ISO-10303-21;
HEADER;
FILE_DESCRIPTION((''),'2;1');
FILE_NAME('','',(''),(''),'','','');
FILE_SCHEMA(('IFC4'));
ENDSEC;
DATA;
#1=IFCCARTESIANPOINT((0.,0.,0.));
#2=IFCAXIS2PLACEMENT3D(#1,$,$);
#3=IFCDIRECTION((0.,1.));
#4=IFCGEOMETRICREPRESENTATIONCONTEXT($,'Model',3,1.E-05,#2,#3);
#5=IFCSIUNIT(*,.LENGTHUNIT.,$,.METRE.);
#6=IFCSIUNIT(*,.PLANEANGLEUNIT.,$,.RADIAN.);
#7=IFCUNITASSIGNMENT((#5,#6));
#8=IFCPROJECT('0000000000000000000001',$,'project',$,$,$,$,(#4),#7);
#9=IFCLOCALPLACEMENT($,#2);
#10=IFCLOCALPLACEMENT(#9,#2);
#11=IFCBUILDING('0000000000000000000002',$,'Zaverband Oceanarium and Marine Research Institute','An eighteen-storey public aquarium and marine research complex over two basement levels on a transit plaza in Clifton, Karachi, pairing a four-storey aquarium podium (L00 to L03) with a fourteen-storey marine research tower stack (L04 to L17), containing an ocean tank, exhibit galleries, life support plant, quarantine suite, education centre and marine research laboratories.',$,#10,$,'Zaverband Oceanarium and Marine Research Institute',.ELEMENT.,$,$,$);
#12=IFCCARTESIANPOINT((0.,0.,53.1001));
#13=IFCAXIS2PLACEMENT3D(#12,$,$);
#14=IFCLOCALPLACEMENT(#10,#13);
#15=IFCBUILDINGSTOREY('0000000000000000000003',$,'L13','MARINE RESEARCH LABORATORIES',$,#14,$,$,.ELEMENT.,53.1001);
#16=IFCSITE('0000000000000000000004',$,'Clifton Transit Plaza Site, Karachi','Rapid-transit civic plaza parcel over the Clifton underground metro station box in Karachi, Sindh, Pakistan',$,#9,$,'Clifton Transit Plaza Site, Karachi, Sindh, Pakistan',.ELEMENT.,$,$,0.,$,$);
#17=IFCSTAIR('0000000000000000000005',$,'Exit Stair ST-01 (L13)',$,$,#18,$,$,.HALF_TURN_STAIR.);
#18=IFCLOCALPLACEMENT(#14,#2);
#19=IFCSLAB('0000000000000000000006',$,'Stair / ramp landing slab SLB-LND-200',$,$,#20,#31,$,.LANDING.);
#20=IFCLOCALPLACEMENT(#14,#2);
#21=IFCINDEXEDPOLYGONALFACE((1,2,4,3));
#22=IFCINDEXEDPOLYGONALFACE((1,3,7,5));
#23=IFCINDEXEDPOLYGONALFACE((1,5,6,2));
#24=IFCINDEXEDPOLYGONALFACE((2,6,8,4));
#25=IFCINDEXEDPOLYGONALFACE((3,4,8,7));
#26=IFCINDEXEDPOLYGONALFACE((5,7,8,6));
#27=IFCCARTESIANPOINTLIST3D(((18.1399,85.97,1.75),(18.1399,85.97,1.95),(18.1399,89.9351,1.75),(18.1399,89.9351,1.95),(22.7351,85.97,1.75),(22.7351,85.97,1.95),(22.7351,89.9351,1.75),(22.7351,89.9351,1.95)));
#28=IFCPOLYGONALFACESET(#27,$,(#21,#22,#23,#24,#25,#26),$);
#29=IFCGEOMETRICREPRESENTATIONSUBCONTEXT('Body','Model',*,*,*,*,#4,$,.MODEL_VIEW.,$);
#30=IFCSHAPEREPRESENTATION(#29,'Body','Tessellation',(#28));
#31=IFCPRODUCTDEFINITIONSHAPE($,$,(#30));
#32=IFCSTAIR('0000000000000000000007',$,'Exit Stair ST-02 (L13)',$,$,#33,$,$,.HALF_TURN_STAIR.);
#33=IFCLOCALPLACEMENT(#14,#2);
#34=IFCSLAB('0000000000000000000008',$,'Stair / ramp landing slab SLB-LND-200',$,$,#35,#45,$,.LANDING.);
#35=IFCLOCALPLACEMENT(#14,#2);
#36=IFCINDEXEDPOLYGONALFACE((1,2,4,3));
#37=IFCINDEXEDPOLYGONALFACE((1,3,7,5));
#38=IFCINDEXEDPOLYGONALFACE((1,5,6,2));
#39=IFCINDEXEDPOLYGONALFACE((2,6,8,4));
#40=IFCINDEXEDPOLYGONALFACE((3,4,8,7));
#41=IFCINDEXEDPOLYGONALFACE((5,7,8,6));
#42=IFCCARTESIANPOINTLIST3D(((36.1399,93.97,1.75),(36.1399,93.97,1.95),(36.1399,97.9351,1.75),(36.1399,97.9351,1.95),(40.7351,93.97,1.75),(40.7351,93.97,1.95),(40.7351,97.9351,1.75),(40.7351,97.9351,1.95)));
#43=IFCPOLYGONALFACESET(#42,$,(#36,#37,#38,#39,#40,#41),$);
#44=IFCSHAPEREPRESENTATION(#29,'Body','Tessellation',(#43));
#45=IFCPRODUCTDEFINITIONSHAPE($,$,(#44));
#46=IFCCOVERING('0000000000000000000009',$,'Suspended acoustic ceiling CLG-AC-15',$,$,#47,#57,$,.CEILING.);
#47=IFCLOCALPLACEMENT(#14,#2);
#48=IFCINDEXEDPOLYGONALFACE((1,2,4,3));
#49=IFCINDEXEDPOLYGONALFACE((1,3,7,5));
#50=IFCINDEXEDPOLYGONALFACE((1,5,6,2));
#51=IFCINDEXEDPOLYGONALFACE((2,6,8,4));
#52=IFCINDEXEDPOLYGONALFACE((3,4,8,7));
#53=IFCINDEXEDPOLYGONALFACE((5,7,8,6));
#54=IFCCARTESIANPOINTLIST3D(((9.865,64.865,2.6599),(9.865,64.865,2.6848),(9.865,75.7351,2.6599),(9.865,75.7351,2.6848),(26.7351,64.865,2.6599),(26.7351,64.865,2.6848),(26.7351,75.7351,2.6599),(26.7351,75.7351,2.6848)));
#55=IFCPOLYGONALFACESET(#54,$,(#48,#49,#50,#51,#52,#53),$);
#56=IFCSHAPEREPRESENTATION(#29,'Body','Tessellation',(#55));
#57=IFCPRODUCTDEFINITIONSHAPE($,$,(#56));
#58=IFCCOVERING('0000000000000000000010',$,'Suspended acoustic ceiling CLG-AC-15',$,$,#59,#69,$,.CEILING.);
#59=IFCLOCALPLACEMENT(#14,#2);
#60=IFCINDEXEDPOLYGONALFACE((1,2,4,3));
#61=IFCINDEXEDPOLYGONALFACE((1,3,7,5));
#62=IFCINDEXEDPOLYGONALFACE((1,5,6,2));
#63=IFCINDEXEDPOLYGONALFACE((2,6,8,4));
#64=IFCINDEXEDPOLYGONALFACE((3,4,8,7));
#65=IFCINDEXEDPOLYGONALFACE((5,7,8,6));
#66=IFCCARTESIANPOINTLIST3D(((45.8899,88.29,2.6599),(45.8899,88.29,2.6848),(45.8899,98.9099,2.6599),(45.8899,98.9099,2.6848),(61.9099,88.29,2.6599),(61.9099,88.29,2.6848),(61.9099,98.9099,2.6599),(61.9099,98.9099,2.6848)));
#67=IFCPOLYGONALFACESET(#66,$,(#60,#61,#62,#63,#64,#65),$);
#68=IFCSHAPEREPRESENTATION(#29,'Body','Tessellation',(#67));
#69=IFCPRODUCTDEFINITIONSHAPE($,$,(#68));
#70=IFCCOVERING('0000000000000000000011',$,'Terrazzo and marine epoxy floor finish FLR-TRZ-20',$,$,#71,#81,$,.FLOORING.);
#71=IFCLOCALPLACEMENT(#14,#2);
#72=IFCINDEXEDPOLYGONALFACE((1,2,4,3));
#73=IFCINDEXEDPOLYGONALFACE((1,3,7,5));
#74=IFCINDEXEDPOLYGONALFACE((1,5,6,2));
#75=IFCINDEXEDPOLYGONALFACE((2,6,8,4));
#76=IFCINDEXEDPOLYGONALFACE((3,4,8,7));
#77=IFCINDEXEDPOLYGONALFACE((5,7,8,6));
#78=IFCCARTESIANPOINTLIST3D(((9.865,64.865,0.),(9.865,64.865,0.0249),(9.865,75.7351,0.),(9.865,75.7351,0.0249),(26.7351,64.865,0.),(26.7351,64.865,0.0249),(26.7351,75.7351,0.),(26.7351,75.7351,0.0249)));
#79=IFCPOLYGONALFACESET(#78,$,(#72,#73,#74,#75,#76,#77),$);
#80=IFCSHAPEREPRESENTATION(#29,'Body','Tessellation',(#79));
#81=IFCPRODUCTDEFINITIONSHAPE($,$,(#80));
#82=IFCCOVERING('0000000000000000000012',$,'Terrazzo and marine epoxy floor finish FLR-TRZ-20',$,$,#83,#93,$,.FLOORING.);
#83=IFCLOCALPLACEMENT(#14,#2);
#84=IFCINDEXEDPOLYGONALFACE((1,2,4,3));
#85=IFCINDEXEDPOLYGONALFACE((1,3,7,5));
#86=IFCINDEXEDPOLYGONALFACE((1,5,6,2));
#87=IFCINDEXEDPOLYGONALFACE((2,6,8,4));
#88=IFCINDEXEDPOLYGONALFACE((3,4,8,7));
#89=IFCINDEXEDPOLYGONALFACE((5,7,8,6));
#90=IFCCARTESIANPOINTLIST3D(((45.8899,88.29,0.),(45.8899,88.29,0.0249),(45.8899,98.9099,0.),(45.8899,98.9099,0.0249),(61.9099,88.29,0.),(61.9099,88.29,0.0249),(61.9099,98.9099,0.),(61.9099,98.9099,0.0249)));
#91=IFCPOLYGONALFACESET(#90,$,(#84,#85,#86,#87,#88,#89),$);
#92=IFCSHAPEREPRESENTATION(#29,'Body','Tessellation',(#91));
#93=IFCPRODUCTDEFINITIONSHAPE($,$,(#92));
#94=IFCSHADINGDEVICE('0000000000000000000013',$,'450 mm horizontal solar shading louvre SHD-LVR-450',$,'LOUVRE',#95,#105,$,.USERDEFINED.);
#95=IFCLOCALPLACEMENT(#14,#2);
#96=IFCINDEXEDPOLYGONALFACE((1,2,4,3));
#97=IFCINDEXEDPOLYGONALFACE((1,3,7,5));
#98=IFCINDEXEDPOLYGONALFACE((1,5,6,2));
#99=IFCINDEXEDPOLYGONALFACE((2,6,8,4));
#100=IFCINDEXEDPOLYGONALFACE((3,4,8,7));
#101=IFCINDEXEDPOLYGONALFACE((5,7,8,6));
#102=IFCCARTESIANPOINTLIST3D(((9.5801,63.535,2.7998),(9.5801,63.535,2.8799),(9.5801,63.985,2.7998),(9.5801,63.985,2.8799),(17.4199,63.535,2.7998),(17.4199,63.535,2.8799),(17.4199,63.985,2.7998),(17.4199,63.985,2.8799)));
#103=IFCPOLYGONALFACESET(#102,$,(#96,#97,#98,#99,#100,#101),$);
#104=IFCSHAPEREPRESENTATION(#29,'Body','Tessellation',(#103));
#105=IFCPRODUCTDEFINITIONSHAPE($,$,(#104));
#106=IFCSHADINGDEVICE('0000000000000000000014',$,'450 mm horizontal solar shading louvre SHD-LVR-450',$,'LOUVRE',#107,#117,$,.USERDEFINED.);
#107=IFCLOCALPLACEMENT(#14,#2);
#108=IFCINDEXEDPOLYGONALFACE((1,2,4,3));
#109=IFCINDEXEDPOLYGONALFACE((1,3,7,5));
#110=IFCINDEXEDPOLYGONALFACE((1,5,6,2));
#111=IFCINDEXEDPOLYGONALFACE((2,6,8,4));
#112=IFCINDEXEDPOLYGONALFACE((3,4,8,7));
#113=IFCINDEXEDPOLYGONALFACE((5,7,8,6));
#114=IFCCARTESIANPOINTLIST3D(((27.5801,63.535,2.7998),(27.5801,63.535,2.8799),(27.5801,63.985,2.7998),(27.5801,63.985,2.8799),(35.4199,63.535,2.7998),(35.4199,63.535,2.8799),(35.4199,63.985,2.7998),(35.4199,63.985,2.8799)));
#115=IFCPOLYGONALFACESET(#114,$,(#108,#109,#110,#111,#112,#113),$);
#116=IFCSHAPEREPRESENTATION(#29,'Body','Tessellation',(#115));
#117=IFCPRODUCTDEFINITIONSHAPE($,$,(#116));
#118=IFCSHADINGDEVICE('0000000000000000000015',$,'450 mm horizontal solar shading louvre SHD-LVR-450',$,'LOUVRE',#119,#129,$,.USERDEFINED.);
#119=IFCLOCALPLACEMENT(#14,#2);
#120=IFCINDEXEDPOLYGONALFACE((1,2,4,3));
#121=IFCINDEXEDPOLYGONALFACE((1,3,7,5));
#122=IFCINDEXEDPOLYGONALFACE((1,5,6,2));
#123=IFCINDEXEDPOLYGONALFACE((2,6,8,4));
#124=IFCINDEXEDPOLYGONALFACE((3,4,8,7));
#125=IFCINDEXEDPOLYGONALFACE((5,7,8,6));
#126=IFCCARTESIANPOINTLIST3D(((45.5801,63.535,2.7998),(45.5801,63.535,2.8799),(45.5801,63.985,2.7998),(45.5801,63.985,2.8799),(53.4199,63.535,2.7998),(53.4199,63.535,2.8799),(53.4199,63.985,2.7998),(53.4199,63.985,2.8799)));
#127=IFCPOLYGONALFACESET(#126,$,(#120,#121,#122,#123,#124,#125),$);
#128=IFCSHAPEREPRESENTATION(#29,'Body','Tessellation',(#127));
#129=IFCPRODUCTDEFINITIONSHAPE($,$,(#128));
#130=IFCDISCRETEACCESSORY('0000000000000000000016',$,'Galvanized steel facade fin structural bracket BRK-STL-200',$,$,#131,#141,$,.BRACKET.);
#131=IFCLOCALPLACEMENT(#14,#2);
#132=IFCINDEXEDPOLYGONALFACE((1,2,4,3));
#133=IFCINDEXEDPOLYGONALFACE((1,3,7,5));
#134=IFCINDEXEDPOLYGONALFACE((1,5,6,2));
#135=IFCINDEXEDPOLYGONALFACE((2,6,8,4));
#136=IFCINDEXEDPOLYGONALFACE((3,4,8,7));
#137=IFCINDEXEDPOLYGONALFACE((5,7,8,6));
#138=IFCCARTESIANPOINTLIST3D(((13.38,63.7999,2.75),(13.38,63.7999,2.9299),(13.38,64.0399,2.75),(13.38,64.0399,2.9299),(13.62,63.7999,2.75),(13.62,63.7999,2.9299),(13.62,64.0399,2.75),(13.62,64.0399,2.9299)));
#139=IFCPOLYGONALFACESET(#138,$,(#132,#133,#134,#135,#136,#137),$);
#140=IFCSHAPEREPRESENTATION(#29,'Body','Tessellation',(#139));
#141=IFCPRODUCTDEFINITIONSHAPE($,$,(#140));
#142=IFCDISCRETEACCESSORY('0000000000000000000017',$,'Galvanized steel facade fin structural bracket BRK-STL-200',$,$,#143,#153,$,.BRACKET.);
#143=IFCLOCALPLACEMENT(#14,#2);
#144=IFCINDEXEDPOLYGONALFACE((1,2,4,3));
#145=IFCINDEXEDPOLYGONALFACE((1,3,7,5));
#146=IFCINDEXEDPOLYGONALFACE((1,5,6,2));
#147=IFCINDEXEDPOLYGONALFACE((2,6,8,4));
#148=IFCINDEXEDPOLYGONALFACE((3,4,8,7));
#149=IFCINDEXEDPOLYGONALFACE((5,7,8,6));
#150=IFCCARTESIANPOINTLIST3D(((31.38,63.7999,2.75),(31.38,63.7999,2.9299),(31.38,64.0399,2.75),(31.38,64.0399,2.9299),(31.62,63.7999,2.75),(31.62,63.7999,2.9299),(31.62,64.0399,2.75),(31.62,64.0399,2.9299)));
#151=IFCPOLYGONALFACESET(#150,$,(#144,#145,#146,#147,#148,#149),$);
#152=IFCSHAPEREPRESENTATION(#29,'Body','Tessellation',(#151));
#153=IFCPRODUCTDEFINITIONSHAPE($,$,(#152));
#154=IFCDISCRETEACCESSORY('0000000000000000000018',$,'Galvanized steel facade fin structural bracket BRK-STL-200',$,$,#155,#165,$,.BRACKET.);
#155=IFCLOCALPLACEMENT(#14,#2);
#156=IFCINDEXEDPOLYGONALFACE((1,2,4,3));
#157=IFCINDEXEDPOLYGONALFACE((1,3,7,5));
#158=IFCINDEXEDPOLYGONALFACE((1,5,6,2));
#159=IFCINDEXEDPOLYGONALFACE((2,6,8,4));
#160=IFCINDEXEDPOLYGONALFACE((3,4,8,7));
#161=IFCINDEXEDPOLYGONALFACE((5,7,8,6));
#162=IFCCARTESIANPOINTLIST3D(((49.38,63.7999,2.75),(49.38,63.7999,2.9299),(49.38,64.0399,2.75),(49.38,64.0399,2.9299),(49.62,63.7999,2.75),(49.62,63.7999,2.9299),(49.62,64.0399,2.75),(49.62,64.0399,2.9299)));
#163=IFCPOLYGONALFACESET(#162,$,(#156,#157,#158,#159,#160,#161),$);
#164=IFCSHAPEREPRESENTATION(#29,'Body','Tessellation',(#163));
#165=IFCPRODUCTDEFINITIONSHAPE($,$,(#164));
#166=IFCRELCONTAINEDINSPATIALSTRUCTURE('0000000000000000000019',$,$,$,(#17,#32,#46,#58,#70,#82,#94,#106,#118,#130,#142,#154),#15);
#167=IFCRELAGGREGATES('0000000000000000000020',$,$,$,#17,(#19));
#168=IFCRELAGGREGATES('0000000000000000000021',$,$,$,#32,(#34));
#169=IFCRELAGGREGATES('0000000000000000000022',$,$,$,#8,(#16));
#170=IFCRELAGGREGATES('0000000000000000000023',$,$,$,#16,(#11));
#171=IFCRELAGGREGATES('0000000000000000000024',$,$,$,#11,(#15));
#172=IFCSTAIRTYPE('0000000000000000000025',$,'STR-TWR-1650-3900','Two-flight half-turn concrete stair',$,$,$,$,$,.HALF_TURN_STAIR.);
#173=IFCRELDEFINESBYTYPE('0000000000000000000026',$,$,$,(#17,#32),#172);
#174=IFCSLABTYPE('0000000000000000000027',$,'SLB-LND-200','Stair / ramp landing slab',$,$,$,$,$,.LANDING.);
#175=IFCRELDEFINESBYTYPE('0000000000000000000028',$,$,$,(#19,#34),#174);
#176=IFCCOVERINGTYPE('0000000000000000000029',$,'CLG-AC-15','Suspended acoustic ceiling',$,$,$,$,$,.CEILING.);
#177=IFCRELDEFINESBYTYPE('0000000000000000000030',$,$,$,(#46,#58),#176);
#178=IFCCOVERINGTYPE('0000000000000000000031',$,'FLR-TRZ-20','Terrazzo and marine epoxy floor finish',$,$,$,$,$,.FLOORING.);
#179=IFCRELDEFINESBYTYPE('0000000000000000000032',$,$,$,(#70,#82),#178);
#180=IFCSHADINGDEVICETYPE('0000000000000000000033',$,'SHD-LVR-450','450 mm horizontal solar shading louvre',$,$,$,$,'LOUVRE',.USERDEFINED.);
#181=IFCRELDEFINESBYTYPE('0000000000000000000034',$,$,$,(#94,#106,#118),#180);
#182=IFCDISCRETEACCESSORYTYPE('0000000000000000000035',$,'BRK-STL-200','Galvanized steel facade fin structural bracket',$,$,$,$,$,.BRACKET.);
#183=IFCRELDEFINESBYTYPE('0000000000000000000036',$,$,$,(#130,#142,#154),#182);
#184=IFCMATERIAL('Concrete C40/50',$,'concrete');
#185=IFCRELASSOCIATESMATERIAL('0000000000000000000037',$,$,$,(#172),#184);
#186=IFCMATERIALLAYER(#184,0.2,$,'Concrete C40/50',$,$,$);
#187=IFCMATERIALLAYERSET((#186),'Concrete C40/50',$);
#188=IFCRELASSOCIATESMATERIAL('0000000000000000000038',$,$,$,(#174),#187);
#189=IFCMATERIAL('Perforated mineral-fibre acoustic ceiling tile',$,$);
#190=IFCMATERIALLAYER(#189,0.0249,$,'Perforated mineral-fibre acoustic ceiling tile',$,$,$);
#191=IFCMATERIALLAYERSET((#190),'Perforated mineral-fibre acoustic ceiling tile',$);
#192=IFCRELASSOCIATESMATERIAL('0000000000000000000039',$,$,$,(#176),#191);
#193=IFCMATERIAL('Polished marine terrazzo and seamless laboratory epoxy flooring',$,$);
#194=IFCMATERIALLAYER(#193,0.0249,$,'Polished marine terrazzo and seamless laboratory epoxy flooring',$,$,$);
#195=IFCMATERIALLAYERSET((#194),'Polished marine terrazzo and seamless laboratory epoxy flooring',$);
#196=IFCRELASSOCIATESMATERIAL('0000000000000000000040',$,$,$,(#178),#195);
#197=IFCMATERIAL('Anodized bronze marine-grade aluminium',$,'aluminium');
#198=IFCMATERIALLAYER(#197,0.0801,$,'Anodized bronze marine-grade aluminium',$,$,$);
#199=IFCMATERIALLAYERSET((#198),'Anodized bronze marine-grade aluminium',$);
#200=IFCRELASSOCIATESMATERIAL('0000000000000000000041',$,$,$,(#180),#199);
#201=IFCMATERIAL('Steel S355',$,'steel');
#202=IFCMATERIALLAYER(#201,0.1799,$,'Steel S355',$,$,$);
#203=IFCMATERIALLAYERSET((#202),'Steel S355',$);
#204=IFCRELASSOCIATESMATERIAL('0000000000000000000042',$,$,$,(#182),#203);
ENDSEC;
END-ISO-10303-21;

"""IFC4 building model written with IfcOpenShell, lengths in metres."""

from ifc_helpers import new_model, si_unit, direction, frame, frame_2d, origin, origin_2d, place, context, subcontext, project, spatial, polyline, rectangle, outline, extrude, material, layer, layer_set, type_object, element, aggregate, save


model = new_model("IFC4")

# Units and contexts
model_context = context("Model", 3, precision=1e-05, world=origin(), true_north=direction((0.0, 1.0)))
body_context = subcontext(model_context, "Body", "Model", "MODEL_VIEW")
ifc_project = project(units=[si_unit("LENGTHUNIT", "METRE"), si_unit("PLANEANGLEUNIT", "RADIAN")], contexts=[model_context])

# Site, building, storey
site_placement = place(None, origin())
site = spatial("IfcSite", under=ifc_project, at=site_placement, Name="Clifton Transit Plaza Site, Karachi", Description="Rapid-transit civic plaza parcel over the Clifton underground metro station box in Karachi, Sindh, Pakistan", LongName="Clifton Transit Plaza Site, Karachi, Sindh, Pakistan", CompositionType="ELEMENT", RefElevation=0.0)
building_placement = place(site_placement, origin())
building = spatial("IfcBuilding", under=site, at=building_placement, Name="Zaverband Oceanarium and Marine Research Institute", Description="An eighteen-storey public aquarium and marine research complex over two basement levels on a transit plaza in Clifton, Karachi, pairing a four-storey aquarium podium (L00 to L03) with a fourteen-storey marine research tower stack (L04 to L17), containing an ocean tank, exhibit galleries, life support plant, quarantine suite, education centre and marine research laboratories.", LongName="Zaverband Oceanarium and Marine Research Institute", CompositionType="ELEMENT")
storey_placement = place(building_placement, frame((0.0, 0.0, 53.1001)))
storey = spatial("IfcBuildingStorey", under=building, at=storey_placement, Name="L13", Description="MARINE RESEARCH LABORATORIES", CompositionType="ELEMENT", Elevation=53.1001)

# Shared definitions
ifc_material_1 = material(Name="Concrete C40/50", Category="concrete")

# Stairs, slabs
stair_type = type_object("IfcStairType", Name="STR-TWR-1650-3900", Description="Two-flight half-turn concrete stair", PredefinedType="HALF_TURN_STAIR", material=ifc_material_1)
stair_1_placement = place(storey_placement, origin())
stair_1 = element("IfcStair", 1, at=stair_1_placement, inside=storey, type_object=stair_type, Name="Exit Stair ST-01 (L13)", PredefinedType="HALF_TURN_STAIR")
ifc_layer_1 = layer(ifc_material_1, 0.2, Name="Concrete C40/50")
ifc_layer_set_1 = layer_set([ifc_layer_1], Name="Concrete C40/50")
slab_type_1 = type_object("IfcSlabType", Name="SLB-LND-200", Description="Stair / ramp landing slab", PredefinedType="LANDING", material=ifc_layer_set_1)
slab_1_placement = place(storey_placement, frame((0.0, 0.0, 1.75)))
slab_1 = element("IfcSlab", 2, at=slab_1_placement, type_object=slab_type_1, Name="Stair / ramp landing slab SLB-LND-200", PredefinedType="LANDING", context=body_context, shape_type="SweptSolid", body=[
    extrude(outline(polyline([(18.1399, 85.97), (22.7351, 85.97), (22.7351, 89.9351), (18.1399, 89.9351), (18.1399, 85.97)])), origin(), (0.0, 0.0, 1.0), 0.2),
])
aggregate(stair_1, [slab_1])
stair_2_placement = place(storey_placement, origin())
stair_2 = element("IfcStair", 3, at=stair_2_placement, inside=storey, type_object=stair_type, Name="Exit Stair ST-02 (L13)", PredefinedType="HALF_TURN_STAIR")
slab_2_placement = place(storey_placement, frame((0.0, 0.0, 1.75)))
slab_2 = element("IfcSlab", 4, at=slab_2_placement, type_object=slab_type_1, Name="Stair / ramp landing slab SLB-LND-200", PredefinedType="LANDING", context=body_context, shape_type="SweptSolid", body=[
    extrude(outline(polyline([(36.1399, 93.97), (40.7351, 93.97), (40.7351, 97.9351), (36.1399, 97.9351), (36.1399, 93.97)])), origin(), (0.0, 0.0, 1.0), 0.2),
])
aggregate(stair_2, [slab_2])

# Coverings
ifc_material_2 = material(Name="Perforated mineral-fibre acoustic ceiling tile")
ifc_layer_2 = layer(ifc_material_2, 0.0249, Name="Perforated mineral-fibre acoustic ceiling tile")
ifc_layer_set_2 = layer_set([ifc_layer_2], Name="Perforated mineral-fibre acoustic ceiling tile")
covering_type_1 = type_object("IfcCoveringType", Name="CLG-AC-15", Description="Suspended acoustic ceiling", PredefinedType="CEILING", material=ifc_layer_set_2)
covering_1_placement = place(storey_placement, frame((0.0, 0.0, 2.6599)))
element("IfcCovering", 5, at=covering_1_placement, inside=storey, type_object=covering_type_1, Name="Suspended acoustic ceiling CLG-AC-15", PredefinedType="CEILING", context=body_context, shape_type="SweptSolid", body=[
    extrude(outline(polyline([(9.865, 64.865), (26.7351, 64.865), (26.7351, 75.7351), (9.865, 75.7351), (9.865, 64.865)])), origin(), (0.0, 0.0, 1.0), 0.0249),
])
covering_2_placement = place(storey_placement, frame((0.0, 0.0, 2.6599)))
element("IfcCovering", 6, at=covering_2_placement, inside=storey, type_object=covering_type_1, Name="Suspended acoustic ceiling CLG-AC-15", PredefinedType="CEILING", context=body_context, shape_type="SweptSolid", body=[
    extrude(outline(polyline([(45.8899, 88.29), (61.9099, 88.29), (61.9099, 98.9099), (45.8899, 98.9099), (45.8899, 88.29)])), origin(), (0.0, 0.0, 1.0), 0.0249),
])
ifc_material_3 = material(Name="Polished marine terrazzo and seamless laboratory epoxy flooring")
ifc_layer_3 = layer(ifc_material_3, 0.0249, Name="Polished marine terrazzo and seamless laboratory epoxy flooring")
ifc_layer_set_3 = layer_set([ifc_layer_3], Name="Polished marine terrazzo and seamless laboratory epoxy flooring")
covering_type_2 = type_object("IfcCoveringType", Name="FLR-TRZ-20", Description="Terrazzo and marine epoxy floor finish", PredefinedType="FLOORING", material=ifc_layer_set_3)
covering_3_placement = place(storey_placement, origin())
element("IfcCovering", 7, at=covering_3_placement, inside=storey, type_object=covering_type_2, Name="Terrazzo and marine epoxy floor finish FLR-TRZ-20", PredefinedType="FLOORING", context=body_context, shape_type="SweptSolid", body=[
    extrude(outline(polyline([(9.865, 64.865), (26.7351, 64.865), (26.7351, 75.7351), (9.865, 75.7351), (9.865, 64.865)])), origin(), (0.0, 0.0, 1.0), 0.0249),
])
covering_4_placement = place(storey_placement, origin())
element("IfcCovering", 8, at=covering_4_placement, inside=storey, type_object=covering_type_2, Name="Terrazzo and marine epoxy floor finish FLR-TRZ-20", PredefinedType="FLOORING", context=body_context, shape_type="SweptSolid", body=[
    extrude(outline(polyline([(45.8899, 88.29), (61.9099, 88.29), (61.9099, 98.9099), (45.8899, 98.9099), (45.8899, 88.29)])), origin(), (0.0, 0.0, 1.0), 0.0249),
])

# Shading devices
ifc_material_4 = material(Name="Anodized bronze marine-grade aluminium", Category="aluminium")
ifc_layer_4 = layer(ifc_material_4, 0.0801, Name="Anodized bronze marine-grade aluminium")
ifc_layer_set_4 = layer_set([ifc_layer_4], Name="Anodized bronze marine-grade aluminium")
shading_device_type = type_object("IfcShadingDeviceType", Name="SHD-LVR-450", Description="450 mm horizontal solar shading louvre", ElementType="LOUVRE", PredefinedType="USERDEFINED", material=ifc_layer_set_4)
for number, where, z_axis, x_axis, name in (
    (9, (9.5801, 63.76, 2.7998), (0.0, 0.0, 1.0), (1.0, 0.0, 0.0), "450 mm horizontal solar shading louvre SHD-LVR-450"),
    (10, (27.5801, 63.76, 2.7998), (0.0, 0.0, 1.0), (1.0, 0.0, 0.0), "450 mm horizontal solar shading louvre SHD-LVR-450"),
    (11, (45.5801, 63.76, 2.7998), (0.0, 0.0, 1.0), (1.0, 0.0, 0.0), "450 mm horizontal solar shading louvre SHD-LVR-450"),
):
    element("IfcShadingDevice", number, at=place(storey_placement, frame(where, z_axis=z_axis, x_axis=x_axis)), inside=storey, type_object=shading_device_type, Name=name, ObjectType="LOUVRE", PredefinedType="USERDEFINED", context=body_context, shape_type="SweptSolid", body=[
        extrude(rectangle(XDim=7.8398, YDim=0.45, at=frame_2d((3.9199, 0.0))), origin(), (0.0, 0.0, 1.0), 0.0801),
    ])

# Discrete accessories
ifc_material_5 = material(Name="Steel S355", Category="steel")
ifc_layer_5 = layer(ifc_material_5, 0.1799, Name="Steel S355")
ifc_layer_set_5 = layer_set([ifc_layer_5], Name="Steel S355")
discrete_accessory_type = type_object("IfcDiscreteAccessoryType", Name="BRK-STL-200", Description="Galvanized steel facade fin structural bracket", PredefinedType="BRACKET", material=ifc_layer_set_5)
for number, where, z_axis, x_axis, name in (
    (12, (13.5, 63.9199, 2.75), (0.0, 0.0, 1.0), (1.0, 0.0, 0.0), "Galvanized steel facade fin structural bracket BRK-STL-200"),
    (13, (31.5, 63.9199, 2.75), (0.0, 0.0, 1.0), (1.0, 0.0, 0.0), "Galvanized steel facade fin structural bracket BRK-STL-200"),
    (14, (49.5, 63.9199, 2.75), (0.0, 0.0, 1.0), (1.0, 0.0, 0.0), "Galvanized steel facade fin structural bracket BRK-STL-200"),
):
    element("IfcDiscreteAccessory", number, at=place(storey_placement, frame(where, z_axis=z_axis, x_axis=x_axis)), inside=storey, type_object=discrete_accessory_type, Name=name, PredefinedType="BRACKET", context=body_context, shape_type="SweptSolid", body=[
        extrude(rectangle(XDim=0.24, YDim=0.24, at=origin_2d()), origin(), (0.0, 0.0, 1.0), 0.1799),
    ])

save(model, "model.ifc")
